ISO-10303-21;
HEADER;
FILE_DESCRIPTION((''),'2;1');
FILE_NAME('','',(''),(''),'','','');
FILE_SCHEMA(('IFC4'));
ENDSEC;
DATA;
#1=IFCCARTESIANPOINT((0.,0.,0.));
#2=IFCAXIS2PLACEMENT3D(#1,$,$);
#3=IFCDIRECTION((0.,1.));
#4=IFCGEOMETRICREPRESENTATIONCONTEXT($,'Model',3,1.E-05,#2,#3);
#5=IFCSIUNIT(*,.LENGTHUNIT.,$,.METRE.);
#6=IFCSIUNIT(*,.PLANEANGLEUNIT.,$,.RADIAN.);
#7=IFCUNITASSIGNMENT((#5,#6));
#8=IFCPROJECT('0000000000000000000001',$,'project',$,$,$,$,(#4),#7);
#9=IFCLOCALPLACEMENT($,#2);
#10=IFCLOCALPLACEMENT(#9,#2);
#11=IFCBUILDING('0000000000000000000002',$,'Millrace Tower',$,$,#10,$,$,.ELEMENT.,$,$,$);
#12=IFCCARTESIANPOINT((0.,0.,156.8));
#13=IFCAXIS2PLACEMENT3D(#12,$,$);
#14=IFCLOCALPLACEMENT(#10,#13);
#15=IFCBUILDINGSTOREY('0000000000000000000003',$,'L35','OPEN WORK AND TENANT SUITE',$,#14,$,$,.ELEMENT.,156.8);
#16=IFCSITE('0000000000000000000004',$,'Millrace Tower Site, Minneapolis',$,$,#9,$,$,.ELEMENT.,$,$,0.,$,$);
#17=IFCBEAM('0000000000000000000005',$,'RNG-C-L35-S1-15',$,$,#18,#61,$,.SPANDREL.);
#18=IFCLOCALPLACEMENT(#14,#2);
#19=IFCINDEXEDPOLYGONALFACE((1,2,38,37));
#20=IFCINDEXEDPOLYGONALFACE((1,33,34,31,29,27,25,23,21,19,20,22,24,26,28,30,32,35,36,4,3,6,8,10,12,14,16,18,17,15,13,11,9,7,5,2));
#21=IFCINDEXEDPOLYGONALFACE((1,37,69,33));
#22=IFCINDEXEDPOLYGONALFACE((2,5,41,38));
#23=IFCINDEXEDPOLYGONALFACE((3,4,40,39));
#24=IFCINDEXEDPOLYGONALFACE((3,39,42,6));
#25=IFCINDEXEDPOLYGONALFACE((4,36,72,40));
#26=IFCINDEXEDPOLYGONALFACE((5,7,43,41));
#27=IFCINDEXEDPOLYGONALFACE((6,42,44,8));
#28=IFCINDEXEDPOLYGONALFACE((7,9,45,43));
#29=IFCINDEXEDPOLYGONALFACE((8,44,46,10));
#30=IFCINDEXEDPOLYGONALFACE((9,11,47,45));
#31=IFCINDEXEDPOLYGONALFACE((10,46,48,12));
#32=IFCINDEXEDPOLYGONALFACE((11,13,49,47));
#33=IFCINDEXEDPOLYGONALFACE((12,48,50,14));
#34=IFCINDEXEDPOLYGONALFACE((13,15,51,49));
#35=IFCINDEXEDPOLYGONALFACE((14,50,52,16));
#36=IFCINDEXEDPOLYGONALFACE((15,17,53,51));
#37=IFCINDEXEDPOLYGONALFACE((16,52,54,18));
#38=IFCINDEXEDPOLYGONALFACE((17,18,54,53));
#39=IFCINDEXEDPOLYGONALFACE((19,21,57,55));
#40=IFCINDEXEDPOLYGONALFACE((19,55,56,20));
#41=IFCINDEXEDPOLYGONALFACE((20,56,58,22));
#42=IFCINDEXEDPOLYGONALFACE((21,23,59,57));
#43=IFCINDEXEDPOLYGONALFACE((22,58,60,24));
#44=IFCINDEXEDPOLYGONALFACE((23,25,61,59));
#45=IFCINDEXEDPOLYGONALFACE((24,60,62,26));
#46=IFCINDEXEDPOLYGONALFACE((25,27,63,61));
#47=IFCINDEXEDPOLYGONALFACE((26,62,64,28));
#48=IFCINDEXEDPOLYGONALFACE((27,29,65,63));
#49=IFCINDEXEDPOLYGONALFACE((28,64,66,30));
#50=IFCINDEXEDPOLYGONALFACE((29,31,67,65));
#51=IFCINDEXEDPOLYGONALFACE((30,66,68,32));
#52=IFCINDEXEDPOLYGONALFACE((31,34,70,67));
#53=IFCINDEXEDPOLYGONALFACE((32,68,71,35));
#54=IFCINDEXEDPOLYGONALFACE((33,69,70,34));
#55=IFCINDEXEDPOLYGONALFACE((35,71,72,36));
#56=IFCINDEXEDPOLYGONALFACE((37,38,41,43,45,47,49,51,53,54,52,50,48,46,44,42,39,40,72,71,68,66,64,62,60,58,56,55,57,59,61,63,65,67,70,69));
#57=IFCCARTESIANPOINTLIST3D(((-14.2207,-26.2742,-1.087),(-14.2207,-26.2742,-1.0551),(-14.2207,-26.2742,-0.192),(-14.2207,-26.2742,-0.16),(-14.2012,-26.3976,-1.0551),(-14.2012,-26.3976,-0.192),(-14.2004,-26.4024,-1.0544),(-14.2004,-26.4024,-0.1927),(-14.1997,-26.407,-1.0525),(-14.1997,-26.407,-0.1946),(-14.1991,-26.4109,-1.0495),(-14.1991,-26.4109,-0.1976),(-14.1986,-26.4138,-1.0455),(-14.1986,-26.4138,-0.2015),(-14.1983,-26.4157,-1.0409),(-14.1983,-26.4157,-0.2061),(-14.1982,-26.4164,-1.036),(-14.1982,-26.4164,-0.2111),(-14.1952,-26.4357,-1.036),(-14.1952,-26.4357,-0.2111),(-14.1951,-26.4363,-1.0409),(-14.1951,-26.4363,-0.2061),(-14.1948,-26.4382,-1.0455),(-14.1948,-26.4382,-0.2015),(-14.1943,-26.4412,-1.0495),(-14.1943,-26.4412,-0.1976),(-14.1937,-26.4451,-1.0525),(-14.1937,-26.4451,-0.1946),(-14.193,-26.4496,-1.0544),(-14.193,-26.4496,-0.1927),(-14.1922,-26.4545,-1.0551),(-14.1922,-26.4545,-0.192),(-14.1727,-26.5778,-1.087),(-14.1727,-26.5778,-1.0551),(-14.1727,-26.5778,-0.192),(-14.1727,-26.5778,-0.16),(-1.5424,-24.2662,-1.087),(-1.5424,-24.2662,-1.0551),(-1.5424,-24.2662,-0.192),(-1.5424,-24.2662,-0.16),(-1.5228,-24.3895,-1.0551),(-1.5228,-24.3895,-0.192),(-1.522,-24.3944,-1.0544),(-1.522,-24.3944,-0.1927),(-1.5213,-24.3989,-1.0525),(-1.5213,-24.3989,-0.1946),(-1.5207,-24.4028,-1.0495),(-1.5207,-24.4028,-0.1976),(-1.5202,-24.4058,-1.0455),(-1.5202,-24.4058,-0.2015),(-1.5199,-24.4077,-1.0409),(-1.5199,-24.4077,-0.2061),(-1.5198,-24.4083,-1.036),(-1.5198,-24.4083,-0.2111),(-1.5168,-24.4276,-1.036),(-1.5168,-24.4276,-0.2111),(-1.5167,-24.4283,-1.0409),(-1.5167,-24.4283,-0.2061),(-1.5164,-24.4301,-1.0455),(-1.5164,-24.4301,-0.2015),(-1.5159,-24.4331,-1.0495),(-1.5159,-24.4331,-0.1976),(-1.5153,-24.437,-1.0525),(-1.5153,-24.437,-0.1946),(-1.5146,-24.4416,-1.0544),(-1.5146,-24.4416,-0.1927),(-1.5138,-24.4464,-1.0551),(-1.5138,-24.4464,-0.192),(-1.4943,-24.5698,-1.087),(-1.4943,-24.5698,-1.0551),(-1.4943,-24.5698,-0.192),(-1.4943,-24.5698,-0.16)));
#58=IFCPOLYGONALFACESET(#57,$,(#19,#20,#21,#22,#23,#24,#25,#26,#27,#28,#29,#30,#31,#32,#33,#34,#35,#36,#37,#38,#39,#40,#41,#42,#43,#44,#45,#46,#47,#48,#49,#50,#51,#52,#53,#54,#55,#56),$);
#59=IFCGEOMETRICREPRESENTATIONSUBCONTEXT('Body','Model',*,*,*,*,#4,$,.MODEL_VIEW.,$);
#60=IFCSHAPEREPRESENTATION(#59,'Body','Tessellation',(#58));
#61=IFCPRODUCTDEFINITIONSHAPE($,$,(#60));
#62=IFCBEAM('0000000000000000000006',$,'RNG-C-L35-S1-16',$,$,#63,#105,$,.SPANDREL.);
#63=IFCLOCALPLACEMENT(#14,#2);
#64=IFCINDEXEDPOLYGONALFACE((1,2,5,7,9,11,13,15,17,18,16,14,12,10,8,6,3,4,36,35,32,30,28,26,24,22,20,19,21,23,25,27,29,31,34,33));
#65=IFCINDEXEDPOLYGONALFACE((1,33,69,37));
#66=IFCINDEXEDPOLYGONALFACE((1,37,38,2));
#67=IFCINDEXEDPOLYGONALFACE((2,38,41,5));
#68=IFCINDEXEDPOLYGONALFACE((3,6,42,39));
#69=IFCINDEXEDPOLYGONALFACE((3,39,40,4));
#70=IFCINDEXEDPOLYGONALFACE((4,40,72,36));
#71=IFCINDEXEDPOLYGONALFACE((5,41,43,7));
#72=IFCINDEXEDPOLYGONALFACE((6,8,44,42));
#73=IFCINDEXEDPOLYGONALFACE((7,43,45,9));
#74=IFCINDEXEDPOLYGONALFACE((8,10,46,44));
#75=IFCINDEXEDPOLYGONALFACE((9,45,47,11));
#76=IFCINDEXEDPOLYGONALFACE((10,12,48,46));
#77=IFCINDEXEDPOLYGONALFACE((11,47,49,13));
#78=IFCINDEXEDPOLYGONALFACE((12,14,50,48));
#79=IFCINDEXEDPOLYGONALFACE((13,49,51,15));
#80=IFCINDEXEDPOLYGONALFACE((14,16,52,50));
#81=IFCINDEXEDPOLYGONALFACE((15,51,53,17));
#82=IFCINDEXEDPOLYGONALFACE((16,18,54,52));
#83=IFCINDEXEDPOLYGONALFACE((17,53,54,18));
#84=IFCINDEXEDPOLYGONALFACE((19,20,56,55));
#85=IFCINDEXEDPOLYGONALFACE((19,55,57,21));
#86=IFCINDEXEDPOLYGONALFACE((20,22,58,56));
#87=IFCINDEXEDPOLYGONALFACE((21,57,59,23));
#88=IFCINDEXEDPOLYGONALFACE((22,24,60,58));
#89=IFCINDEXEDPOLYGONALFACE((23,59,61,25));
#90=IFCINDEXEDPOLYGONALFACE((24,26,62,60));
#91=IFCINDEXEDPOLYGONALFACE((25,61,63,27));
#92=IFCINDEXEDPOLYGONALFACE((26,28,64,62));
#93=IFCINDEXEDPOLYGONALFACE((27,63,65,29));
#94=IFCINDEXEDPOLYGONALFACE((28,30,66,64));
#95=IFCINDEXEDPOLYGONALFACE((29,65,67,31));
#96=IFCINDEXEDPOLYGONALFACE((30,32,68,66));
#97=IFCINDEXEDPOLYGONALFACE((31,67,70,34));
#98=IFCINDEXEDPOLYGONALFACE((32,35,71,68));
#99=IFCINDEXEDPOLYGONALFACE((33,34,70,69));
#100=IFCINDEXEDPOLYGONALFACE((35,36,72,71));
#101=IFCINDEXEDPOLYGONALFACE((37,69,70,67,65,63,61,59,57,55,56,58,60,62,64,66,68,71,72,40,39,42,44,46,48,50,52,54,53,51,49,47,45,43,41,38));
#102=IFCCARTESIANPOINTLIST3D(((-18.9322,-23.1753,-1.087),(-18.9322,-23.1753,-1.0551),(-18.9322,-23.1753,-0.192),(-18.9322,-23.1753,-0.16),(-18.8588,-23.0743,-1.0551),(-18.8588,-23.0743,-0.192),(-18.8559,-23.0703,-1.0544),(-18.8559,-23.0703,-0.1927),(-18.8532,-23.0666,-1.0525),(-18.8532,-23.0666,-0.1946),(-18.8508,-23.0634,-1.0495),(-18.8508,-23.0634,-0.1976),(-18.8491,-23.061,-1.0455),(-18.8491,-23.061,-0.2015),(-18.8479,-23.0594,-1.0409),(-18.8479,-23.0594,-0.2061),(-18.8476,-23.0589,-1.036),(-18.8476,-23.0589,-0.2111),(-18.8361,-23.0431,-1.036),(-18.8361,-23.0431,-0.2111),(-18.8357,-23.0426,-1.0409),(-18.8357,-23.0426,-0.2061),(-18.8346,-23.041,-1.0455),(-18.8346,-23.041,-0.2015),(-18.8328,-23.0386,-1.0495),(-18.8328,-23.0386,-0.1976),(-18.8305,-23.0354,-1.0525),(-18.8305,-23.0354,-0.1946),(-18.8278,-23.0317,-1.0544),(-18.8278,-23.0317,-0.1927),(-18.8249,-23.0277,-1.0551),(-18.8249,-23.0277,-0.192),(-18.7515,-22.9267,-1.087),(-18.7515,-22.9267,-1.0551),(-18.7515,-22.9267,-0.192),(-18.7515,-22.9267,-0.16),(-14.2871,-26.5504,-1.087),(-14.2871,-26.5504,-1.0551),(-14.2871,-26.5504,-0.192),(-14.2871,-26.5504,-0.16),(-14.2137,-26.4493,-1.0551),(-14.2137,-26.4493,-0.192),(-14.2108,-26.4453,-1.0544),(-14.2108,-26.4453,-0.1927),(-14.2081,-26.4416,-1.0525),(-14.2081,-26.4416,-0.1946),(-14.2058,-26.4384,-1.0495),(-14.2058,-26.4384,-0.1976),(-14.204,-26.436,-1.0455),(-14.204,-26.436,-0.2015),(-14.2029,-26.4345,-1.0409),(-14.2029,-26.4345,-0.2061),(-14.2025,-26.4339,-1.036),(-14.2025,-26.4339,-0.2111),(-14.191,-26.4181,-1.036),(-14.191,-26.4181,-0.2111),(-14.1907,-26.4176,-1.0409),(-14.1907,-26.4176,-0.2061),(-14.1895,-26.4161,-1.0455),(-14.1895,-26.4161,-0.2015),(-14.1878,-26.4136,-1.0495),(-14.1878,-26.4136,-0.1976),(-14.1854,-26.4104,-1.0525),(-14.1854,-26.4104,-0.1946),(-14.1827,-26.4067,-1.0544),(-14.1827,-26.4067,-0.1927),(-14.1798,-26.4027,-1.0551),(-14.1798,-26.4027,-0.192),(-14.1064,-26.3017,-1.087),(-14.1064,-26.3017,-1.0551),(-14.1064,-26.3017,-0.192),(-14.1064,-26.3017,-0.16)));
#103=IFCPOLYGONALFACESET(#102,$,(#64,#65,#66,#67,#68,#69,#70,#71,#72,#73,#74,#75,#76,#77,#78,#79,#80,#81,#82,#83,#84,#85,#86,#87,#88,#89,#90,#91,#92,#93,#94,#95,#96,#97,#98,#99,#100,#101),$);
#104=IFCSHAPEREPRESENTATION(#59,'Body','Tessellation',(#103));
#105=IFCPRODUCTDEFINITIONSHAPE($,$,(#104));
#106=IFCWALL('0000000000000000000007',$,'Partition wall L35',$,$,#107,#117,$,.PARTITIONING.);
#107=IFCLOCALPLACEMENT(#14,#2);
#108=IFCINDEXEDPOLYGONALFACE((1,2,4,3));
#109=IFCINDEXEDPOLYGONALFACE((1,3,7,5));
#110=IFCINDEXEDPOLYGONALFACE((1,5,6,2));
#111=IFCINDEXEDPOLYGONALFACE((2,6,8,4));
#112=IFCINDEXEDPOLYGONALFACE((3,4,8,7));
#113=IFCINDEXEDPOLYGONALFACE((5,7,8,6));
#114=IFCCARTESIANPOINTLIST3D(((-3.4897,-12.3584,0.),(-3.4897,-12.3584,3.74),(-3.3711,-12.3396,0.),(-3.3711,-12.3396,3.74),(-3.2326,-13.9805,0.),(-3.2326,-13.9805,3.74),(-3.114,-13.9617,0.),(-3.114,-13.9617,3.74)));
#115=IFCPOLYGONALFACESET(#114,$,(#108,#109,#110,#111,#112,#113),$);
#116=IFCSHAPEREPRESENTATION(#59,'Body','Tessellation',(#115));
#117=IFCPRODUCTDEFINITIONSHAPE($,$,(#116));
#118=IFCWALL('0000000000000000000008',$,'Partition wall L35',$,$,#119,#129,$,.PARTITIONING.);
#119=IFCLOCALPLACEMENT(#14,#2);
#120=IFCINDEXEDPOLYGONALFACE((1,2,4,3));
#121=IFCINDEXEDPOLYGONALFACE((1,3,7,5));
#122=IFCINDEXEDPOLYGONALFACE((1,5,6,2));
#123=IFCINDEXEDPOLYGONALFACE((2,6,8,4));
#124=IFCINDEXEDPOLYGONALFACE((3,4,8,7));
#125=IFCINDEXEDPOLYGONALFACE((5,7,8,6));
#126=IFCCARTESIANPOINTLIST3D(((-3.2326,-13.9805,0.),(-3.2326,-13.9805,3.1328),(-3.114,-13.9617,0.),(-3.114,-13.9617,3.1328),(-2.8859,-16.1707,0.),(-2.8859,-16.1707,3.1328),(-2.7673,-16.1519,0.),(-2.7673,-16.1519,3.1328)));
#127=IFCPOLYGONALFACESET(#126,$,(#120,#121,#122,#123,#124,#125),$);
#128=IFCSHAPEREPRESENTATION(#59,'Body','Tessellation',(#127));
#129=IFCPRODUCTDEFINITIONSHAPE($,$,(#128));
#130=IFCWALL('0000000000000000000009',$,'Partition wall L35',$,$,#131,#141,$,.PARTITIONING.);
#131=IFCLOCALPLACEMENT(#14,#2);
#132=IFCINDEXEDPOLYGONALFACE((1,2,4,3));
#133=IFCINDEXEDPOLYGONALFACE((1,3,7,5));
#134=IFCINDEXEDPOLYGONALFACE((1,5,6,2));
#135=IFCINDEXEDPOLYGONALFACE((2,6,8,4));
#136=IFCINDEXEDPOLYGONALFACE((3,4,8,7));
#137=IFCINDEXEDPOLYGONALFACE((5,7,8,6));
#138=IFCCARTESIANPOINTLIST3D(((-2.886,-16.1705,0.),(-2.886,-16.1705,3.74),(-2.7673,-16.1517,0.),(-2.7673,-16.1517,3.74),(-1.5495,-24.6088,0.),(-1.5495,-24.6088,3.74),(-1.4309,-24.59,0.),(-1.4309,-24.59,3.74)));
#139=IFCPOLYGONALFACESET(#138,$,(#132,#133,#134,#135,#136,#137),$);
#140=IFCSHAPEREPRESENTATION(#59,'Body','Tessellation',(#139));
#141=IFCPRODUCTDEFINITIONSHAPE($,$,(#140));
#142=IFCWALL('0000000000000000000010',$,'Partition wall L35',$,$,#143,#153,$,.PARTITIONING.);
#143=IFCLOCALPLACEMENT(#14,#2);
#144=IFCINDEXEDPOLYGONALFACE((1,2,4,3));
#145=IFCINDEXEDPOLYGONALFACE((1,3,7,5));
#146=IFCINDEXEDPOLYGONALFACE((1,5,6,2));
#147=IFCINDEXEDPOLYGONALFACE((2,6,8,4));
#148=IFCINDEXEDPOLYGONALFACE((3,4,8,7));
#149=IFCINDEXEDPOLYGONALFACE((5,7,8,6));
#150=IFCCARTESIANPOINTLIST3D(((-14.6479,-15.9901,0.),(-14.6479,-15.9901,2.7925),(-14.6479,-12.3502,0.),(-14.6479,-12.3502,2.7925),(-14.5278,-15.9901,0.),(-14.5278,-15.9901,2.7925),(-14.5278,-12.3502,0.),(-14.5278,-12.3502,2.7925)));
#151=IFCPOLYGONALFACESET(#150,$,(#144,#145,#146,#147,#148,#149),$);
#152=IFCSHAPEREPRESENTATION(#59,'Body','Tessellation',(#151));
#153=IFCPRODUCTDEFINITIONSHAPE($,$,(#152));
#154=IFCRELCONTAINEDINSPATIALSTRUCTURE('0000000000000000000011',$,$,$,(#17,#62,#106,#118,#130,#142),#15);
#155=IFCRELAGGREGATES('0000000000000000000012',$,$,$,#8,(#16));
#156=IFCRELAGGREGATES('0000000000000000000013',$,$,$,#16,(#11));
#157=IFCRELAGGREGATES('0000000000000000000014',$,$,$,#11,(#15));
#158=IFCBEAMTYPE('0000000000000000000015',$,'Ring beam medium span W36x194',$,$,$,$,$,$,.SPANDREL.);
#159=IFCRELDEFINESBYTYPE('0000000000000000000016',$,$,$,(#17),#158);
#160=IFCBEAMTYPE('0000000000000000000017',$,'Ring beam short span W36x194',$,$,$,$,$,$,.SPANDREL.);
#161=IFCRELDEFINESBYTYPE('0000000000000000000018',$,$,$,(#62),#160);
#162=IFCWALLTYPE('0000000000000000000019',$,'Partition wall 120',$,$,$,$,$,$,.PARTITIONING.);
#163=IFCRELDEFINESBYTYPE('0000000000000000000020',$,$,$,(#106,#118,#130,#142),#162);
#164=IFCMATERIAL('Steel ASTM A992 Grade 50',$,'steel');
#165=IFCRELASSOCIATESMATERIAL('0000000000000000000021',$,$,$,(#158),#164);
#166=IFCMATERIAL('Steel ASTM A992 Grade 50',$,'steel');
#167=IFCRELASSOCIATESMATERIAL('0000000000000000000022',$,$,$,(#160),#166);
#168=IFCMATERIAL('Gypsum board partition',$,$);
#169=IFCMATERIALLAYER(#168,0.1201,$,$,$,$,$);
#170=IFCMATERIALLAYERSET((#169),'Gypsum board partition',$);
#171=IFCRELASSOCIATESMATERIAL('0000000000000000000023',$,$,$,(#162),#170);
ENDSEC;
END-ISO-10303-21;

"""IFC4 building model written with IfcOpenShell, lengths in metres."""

from ifc_helpers import new_model, si_unit, direction, frame, frame_2d, origin, origin_2d, place, context, subcontext, project, spatial, rectangle, i_section, extrude, material, layer, layer_set, material_profile, profile_set, type_object, element, save


model = new_model("IFC4")

# Units and contexts
model_context = context("Model", 3, precision=1e-05, world=origin(), true_north=direction((0.0, 1.0)))
body_context = subcontext(model_context, "Body", "Model", "MODEL_VIEW")
ifc_project = project(units=[si_unit("LENGTHUNIT", "METRE"), si_unit("PLANEANGLEUNIT", "RADIAN")], contexts=[model_context])

# Site, building, storey
site_placement = place(None, origin())
site = spatial("IfcSite", under=ifc_project, at=site_placement, Name="Millrace Tower Site, Minneapolis", CompositionType="ELEMENT", RefElevation=0.0)
building_placement = place(site_placement, origin())
building = spatial("IfcBuilding", under=site, at=building_placement, Name="Millrace Tower", CompositionType="ELEMENT")
storey_placement = place(building_placement, frame((0.0, 0.0, 156.8)))
storey = spatial("IfcBuildingStorey", under=building, at=storey_placement, Name="L35", Description="OPEN WORK AND TENANT SUITE", CompositionType="ELEMENT", Elevation=156.8)

# Beams
ifc_material_1 = material(Name="Steel ASTM A992 Grade 50", Category="steel")
ifc_material_profile_1 = material_profile(ifc_material_1, i_section(OverallWidth=0.3074, OverallDepth=0.927, WebThickness=0.0195, FlangeThickness=0.032, FilletRadius=0.019, at=origin_2d()))
ifc_profile_set_1 = profile_set([ifc_material_profile_1], Name="Steel ASTM A992 Grade 50")
beam_type_1 = type_object("IfcBeamType", Name="Ring beam medium span W36x194", PredefinedType="SPANDREL", material=ifc_profile_set_1)
beam_1_placement = place(storey_placement, frame((-1.5183, -24.418, -0.6235), z_axis=(-0.987689, -0.156433, 0.0), x_axis=(0.156433, -0.987689, 0.0)))
element("IfcBeam", 1, at=beam_1_placement, inside=storey, type_object=beam_type_1, Name="RNG-C-L35-S1-15", PredefinedType="SPANDREL", context=body_context, shape_type="SweptSolid", body=[
    extrude(i_section(OverallWidth=0.3074, OverallDepth=0.927, WebThickness=0.0195, FlangeThickness=0.032, FilletRadius=0.019, at=origin_2d()), origin(), (0.0, 0.0, 1.0), 12.8364),
])
ifc_material_2 = material(Name="Steel ASTM A992 Grade 50", Category="steel")
ifc_material_profile_2 = material_profile(ifc_material_2, i_section(OverallWidth=0.3074, OverallDepth=0.927, WebThickness=0.0195, FlangeThickness=0.032, FilletRadius=0.019, at=origin_2d()))
ifc_profile_set_2 = profile_set([ifc_material_profile_2], Name="Steel ASTM A992 Grade 50")
beam_type_2 = type_object("IfcBeamType", Name="Ring beam short span W36x194", PredefinedType="SPANDREL", material=ifc_profile_set_2)
beam_2_placement = place(storey_placement, frame((-14.1968, -26.426, -0.6235), z_axis=(-0.809001, 0.587808, 0.0), x_axis=(-0.587808, -0.809001, 0.0)))
element("IfcBeam", 2, at=beam_2_placement, inside=storey, type_object=beam_type_2, Name="RNG-C-L35-S1-16", PredefinedType="SPANDREL", context=body_context, shape_type="SweptSolid", body=[
    extrude(i_section(OverallWidth=0.3074, OverallDepth=0.927, WebThickness=0.0195, FlangeThickness=0.032, FilletRadius=0.019, at=origin_2d()), origin(), (0.0, 0.0, 1.0), 5.7417),
])

# Walls
ifc_material_3 = material(Name="Gypsum board partition")
ifc_layer_1 = layer(ifc_material_3, 0.1201)
ifc_layer_set_1 = layer_set([ifc_layer_1], Name="Gypsum board partition")
wall_type = type_object("IfcWallType", Name="Partition wall 120", PredefinedType="PARTITIONING", material=ifc_layer_set_1)
wall_1_placement = place(storey_placement, frame((-3.4304, -12.3489, 0.0), z_axis=(0.0, 0.0, 1.0), x_axis=(0.156535, -0.987672, 0.0)))
element("IfcWall", 3, at=wall_1_placement, inside=storey, type_object=wall_type, Name="Partition wall L35", PredefinedType="PARTITIONING", context=body_context, shape_type="SweptSolid", body=[
    extrude(rectangle(XDim=1.6423, YDim=0.1201, at=frame_2d((0.8213, 0.0))), origin(), (0.0, 0.0, 1.0), 3.74),
])
wall_2_placement = place(storey_placement, frame((-3.1733, -13.9709, 0.0), z_axis=(0.0, 0.0, 1.0), x_axis=(0.156341, -0.987703, 0.0)))
element("IfcWall", 4, at=wall_2_placement, inside=storey, type_object=wall_type, Name="Partition wall L35", PredefinedType="PARTITIONING", context=body_context, shape_type="SweptSolid", body=[
    extrude(rectangle(XDim=2.2175, YDim=0.1201, at=frame_2d((1.1089, 0.0))), origin(), (0.0, 0.0, 1.0), 3.1328),
])
wall_3_placement = place(storey_placement, frame((-2.8267, -16.1611, 0.0), z_axis=(0.0, 0.0, 1.0), x_axis=(0.156428, -0.987689, 0.0)))
element("IfcWall", 5, at=wall_3_placement, inside=storey, type_object=wall_type, Name="Partition wall L35", PredefinedType="PARTITIONING", context=body_context, shape_type="SweptSolid", body=[
    extrude(rectangle(XDim=8.5435, YDim=0.1201, at=frame_2d((4.2717, 0.0))), origin(), (0.0, 0.0, 1.0), 3.74),
])
wall_4_placement = place(storey_placement, frame((-14.5879, -15.99, 0.0), z_axis=(0.0, 0.0, 1.0), x_axis=(0.0, 1.0, 0.0)))
element("IfcWall", 6, at=wall_4_placement, inside=storey, type_object=wall_type, Name="Partition wall L35", PredefinedType="PARTITIONING", context=body_context, shape_type="SweptSolid", body=[
    extrude(rectangle(XDim=3.6399, YDim=0.1201, at=frame_2d((1.8198, 0.0))), origin(), (0.0, 0.0, 1.0), 2.7925),
])

save(model, "model.ifc")
